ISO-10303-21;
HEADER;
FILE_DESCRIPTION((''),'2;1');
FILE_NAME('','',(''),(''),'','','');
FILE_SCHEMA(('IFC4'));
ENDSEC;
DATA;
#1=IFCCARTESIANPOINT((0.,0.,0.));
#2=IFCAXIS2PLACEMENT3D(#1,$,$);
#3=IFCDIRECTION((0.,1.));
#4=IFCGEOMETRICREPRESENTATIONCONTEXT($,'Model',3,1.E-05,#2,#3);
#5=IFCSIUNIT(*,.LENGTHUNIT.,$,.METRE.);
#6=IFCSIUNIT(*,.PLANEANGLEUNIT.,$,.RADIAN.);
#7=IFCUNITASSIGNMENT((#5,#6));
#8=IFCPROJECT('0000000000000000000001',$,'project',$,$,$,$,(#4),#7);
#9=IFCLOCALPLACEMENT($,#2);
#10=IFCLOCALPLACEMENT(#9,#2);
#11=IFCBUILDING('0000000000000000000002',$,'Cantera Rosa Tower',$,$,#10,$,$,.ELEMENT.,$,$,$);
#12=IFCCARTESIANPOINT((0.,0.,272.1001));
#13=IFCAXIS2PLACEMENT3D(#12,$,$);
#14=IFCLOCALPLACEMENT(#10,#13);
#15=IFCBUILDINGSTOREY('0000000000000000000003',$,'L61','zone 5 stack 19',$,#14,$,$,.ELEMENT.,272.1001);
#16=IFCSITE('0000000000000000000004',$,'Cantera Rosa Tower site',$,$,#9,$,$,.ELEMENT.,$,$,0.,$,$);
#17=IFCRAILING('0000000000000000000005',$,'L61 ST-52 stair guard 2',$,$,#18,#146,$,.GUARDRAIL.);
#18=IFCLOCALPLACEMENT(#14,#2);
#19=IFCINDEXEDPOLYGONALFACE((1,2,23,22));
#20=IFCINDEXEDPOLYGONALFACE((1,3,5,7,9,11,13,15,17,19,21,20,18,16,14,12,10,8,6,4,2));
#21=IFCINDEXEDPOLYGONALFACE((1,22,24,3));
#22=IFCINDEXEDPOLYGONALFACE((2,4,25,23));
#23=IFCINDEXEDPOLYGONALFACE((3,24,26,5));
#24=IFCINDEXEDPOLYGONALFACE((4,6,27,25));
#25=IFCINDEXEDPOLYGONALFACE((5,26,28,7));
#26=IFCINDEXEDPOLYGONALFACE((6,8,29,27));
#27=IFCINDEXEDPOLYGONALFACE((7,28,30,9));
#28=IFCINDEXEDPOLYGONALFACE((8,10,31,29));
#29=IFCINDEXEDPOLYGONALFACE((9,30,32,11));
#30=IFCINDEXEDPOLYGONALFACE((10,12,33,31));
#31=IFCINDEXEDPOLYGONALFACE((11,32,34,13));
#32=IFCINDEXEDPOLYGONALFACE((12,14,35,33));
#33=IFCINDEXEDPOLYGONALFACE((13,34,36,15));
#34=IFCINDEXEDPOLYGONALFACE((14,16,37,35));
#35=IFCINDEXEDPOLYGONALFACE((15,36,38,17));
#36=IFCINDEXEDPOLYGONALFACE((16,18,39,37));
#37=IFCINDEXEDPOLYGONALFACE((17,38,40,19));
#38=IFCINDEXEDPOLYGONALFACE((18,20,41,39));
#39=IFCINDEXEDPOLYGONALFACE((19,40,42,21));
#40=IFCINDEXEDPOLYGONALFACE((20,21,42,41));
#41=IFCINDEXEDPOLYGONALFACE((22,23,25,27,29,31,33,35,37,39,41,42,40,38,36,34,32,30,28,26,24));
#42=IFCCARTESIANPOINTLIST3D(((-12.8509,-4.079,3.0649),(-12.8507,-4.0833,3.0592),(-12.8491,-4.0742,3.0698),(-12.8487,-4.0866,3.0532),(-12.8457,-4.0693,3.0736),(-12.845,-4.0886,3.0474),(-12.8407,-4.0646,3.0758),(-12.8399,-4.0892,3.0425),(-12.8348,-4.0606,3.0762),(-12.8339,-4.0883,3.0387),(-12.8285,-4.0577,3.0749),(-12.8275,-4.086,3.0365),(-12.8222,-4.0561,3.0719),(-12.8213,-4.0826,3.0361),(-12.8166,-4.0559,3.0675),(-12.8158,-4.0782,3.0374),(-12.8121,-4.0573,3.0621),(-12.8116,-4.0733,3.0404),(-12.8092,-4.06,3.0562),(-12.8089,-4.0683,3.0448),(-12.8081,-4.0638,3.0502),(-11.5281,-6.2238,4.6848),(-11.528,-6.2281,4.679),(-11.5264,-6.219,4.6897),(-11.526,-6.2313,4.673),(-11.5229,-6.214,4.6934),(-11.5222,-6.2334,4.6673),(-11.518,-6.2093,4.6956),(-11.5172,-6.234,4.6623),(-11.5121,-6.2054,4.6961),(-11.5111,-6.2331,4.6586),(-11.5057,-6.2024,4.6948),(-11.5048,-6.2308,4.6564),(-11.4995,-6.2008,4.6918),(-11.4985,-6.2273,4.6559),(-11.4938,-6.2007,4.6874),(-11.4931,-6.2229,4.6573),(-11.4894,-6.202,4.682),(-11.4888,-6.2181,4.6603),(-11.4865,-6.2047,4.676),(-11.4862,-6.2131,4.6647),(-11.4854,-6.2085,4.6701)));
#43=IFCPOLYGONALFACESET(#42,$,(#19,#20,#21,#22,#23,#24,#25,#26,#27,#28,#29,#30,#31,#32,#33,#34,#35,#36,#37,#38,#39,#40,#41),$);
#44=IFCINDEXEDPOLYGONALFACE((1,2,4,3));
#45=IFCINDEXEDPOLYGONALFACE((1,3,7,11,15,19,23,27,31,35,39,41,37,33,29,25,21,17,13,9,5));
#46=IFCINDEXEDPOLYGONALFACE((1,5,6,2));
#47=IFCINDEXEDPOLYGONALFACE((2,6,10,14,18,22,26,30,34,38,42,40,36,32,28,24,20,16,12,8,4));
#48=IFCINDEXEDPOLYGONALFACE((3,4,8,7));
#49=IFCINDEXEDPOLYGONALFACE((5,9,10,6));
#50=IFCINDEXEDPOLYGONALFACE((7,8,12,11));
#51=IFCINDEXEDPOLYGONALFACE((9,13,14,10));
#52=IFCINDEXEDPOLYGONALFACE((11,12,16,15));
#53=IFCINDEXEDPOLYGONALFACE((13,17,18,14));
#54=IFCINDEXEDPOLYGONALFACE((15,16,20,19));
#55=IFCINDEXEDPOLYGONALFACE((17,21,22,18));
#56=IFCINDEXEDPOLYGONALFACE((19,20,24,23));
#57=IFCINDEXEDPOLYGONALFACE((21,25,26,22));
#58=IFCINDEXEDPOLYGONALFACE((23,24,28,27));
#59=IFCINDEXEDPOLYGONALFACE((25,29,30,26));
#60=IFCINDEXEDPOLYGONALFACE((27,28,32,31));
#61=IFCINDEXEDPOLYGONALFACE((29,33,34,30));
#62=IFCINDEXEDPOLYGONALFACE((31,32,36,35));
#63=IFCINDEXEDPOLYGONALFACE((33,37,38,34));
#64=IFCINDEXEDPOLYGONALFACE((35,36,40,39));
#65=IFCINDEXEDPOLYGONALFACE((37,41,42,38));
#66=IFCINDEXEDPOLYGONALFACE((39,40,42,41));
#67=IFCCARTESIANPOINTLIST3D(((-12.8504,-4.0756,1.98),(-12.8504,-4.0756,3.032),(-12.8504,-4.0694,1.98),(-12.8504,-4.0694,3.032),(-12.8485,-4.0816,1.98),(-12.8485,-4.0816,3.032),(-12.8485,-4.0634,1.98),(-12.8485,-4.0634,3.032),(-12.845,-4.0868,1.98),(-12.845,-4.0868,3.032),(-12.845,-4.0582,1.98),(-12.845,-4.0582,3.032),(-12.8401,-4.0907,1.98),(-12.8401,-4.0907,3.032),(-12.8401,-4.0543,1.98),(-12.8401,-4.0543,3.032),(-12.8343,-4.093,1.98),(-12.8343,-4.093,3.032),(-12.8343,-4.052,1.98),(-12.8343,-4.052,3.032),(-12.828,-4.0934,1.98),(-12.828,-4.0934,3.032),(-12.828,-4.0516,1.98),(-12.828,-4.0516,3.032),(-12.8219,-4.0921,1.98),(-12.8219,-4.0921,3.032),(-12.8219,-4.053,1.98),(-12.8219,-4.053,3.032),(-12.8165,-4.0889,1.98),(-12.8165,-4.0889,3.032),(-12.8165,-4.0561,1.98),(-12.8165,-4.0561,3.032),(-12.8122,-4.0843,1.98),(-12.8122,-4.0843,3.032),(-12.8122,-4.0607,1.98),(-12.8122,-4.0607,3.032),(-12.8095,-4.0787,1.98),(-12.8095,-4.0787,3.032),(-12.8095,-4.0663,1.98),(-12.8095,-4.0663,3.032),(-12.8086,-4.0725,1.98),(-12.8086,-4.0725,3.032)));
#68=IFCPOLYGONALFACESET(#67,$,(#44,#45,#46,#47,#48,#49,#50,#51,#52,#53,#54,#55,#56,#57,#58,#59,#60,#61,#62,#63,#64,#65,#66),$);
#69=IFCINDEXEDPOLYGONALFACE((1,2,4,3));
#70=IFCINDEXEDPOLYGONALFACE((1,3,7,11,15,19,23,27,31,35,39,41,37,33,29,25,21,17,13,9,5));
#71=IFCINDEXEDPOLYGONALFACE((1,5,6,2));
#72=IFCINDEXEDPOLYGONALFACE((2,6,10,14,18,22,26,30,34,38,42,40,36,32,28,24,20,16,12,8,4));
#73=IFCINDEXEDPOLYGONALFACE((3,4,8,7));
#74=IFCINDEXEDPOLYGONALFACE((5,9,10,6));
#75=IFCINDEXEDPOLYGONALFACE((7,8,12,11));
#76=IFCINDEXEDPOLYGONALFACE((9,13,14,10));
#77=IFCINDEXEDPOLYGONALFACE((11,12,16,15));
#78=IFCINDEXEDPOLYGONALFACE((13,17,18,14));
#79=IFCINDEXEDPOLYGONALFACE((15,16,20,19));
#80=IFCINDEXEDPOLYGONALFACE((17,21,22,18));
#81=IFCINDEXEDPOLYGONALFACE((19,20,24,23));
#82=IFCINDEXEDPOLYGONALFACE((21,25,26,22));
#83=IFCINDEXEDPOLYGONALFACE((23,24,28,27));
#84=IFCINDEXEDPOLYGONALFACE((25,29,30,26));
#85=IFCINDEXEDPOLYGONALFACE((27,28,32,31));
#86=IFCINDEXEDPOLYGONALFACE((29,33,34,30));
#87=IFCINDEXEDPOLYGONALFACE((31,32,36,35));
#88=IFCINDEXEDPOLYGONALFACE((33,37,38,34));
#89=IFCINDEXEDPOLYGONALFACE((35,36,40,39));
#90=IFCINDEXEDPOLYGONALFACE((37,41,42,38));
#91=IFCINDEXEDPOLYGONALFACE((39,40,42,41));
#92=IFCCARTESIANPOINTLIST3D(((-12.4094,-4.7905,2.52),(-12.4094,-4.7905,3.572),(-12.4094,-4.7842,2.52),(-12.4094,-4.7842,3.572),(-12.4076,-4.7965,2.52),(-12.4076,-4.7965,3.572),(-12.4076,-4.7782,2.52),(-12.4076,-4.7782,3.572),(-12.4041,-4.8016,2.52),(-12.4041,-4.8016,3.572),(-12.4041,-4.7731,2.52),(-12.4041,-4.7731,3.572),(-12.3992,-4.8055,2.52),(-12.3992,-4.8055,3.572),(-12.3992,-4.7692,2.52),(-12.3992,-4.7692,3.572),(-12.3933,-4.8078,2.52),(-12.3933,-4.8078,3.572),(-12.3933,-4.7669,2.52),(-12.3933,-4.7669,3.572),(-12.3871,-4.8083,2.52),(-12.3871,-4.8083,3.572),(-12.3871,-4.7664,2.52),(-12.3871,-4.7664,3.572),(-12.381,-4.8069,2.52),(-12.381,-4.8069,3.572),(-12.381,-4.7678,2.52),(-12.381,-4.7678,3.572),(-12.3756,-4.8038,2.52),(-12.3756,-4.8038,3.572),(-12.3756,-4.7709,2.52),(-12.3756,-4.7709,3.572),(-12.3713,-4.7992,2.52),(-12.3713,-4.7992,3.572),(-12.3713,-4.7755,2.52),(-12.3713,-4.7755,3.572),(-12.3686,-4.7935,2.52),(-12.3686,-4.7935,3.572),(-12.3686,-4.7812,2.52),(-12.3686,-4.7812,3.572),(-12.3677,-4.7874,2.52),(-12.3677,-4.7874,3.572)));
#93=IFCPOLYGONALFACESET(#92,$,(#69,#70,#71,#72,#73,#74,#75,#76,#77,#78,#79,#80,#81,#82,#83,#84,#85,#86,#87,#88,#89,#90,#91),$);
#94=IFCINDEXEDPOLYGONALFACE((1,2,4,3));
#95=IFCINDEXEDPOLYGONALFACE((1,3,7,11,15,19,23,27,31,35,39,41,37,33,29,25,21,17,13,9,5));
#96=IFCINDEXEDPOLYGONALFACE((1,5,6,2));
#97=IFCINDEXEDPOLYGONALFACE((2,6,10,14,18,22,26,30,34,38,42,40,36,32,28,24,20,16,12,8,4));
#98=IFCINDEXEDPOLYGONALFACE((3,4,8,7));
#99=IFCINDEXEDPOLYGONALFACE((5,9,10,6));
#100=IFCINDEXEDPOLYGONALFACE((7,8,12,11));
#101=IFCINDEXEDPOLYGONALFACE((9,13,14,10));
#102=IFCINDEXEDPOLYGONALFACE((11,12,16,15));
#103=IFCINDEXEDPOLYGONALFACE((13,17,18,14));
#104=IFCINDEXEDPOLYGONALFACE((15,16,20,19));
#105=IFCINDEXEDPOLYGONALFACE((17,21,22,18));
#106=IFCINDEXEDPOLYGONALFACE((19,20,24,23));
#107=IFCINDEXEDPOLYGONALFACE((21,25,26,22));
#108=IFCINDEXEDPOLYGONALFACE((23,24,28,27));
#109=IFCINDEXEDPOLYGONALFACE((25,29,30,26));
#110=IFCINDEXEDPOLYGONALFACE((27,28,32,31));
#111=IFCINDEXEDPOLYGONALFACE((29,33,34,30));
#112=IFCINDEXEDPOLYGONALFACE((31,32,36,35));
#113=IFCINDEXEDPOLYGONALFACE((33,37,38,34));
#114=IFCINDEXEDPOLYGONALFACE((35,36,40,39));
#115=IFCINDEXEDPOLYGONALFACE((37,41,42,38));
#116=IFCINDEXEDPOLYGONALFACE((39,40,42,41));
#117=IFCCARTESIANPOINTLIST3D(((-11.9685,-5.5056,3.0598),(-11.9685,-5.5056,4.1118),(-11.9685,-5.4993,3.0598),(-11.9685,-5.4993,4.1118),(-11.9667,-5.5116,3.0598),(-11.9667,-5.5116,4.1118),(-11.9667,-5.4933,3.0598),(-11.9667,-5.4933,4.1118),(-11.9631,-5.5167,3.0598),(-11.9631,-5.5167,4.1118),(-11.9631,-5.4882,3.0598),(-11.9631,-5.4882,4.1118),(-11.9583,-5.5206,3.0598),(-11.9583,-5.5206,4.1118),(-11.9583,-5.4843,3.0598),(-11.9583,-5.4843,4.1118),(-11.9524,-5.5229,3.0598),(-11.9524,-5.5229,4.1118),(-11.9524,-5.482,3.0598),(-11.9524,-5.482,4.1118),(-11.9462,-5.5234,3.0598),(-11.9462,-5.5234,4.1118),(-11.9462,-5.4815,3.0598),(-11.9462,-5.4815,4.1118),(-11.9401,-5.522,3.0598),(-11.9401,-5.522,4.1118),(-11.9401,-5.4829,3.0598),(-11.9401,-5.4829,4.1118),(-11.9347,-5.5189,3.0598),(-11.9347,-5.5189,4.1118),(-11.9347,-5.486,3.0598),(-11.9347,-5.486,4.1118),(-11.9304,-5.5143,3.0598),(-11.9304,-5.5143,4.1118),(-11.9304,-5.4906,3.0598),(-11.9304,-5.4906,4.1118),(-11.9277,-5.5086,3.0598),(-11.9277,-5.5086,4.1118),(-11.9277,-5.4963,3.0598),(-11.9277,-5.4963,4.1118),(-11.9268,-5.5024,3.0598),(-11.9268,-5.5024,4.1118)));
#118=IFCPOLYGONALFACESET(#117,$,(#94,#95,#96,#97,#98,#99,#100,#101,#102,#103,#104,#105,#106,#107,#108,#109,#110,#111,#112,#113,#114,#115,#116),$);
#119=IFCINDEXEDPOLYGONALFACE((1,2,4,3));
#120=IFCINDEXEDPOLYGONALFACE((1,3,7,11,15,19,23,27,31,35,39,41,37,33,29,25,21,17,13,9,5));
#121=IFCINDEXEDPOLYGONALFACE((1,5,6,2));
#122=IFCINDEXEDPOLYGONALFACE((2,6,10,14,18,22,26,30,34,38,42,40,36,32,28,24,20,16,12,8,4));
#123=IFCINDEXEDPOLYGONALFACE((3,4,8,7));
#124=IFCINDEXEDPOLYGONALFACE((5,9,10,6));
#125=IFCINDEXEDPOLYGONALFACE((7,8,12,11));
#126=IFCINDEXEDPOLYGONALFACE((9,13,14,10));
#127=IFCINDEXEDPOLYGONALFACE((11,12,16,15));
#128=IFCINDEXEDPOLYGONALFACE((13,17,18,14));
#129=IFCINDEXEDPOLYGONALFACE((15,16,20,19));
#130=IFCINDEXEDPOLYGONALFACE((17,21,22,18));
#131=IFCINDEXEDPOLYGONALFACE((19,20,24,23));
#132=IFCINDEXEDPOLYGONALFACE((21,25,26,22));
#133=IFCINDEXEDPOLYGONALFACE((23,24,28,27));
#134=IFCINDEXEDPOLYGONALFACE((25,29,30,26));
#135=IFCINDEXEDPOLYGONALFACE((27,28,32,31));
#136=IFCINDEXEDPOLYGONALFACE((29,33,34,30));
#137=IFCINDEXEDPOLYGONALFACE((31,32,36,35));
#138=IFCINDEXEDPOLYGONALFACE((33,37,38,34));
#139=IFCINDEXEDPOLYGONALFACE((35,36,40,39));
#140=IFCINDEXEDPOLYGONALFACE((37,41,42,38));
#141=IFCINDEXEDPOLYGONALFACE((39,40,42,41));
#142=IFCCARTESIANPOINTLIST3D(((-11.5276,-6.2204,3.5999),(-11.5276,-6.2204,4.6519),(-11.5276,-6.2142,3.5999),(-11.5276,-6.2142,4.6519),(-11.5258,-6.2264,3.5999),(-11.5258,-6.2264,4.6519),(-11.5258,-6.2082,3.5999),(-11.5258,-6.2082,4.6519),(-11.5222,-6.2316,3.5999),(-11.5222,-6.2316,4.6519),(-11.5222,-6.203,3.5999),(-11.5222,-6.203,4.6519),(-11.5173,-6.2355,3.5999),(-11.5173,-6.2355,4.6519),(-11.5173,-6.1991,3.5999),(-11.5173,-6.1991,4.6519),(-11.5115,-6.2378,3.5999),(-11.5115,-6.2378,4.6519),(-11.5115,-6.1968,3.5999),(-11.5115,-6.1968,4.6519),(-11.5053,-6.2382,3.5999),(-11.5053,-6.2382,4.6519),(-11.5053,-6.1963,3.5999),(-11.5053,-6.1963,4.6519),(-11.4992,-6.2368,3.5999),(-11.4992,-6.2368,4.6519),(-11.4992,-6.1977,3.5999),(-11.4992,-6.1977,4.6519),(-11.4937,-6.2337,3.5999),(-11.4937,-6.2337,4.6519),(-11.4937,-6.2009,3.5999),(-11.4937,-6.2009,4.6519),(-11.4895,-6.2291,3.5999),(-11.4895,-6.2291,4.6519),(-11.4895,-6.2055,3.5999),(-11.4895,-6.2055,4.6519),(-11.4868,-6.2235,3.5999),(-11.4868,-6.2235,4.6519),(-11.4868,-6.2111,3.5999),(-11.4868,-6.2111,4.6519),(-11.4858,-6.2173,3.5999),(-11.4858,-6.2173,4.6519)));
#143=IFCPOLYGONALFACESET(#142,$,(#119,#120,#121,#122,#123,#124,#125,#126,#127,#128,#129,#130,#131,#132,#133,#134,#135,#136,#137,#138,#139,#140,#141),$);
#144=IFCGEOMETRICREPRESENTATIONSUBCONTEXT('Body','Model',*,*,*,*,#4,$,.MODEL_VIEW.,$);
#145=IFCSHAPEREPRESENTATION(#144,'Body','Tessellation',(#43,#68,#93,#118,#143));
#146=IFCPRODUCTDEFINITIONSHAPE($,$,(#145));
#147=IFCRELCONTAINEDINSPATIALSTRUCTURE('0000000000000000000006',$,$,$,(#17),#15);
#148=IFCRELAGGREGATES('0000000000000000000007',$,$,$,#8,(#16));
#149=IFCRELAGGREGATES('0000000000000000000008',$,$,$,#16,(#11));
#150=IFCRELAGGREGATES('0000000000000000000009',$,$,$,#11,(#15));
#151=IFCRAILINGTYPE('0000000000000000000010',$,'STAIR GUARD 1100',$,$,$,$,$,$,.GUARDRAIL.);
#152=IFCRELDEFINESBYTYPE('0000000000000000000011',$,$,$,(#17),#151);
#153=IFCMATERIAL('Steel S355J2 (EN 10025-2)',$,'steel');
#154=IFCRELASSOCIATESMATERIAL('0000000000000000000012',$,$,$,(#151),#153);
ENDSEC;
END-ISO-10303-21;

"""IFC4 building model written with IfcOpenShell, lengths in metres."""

from ifc_helpers import new_model, si_unit, direction, frame, origin, origin_2d, place, context, subcontext, project, spatial, circle, extrude, material, type_object, element, save


model = new_model("IFC4")

# Units and contexts
model_context = context("Model", 3, precision=1e-05, world=origin(), true_north=direction((0.0, 1.0)))
body_context = subcontext(model_context, "Body", "Model", "MODEL_VIEW")
ifc_project = project(units=[si_unit("LENGTHUNIT", "METRE"), si_unit("PLANEANGLEUNIT", "RADIAN")], contexts=[model_context])

# Site, building, storey
site_placement = place(None, origin())
site = spatial("IfcSite", under=ifc_project, at=site_placement, Name="Cantera Rosa Tower site", CompositionType="ELEMENT", RefElevation=0.0)
building_placement = place(site_placement, origin())
building = spatial("IfcBuilding", under=site, at=building_placement, Name="Cantera Rosa Tower", CompositionType="ELEMENT")
storey_placement = place(building_placement, frame((0.0, 0.0, 272.1001)))
storey = spatial("IfcBuildingStorey", under=building, at=storey_placement, Name="L61", Description="zone 5 stack 19", CompositionType="ELEMENT", Elevation=272.1001)

# Railing
ifc_material_1 = material(Name="Steel S355J2 (EN 10025-2)", Category="steel")
railing_type_1 = type_object("IfcRailingType", Name="STAIR GUARD 1100", PredefinedType="GUARDRAIL", material=ifc_material_1)
railing_1_placement = place(storey_placement, frame((-12.8296, -4.0725, 1.98)))
element("IfcRailing", 1, at=railing_1_placement, inside=storey, type_object=railing_type_1, Name="L61 ST-52 stair guard 2", PredefinedType="GUARDRAIL", context=body_context, shape_type="SweptSolid", body=[
    extrude(circle(Radius=0.0239, at=origin_2d()), frame((0.0, 0.0, 1.0762), z_axis=(0.441563, -0.715971, 0.540748), x_axis=(0.851146, 0.52493, 0.0)), (0.0, 0.0, 1.0), 2.9956),
    extrude(circle(Radius=0.021, at=origin_2d()), origin(), (0.0, 0.0, 1.0), 1.052),
    extrude(circle(Radius=0.021, at=origin_2d()), frame((0.4409, -0.7148, 0.54)), (0.0, 0.0, 1.0), 1.052),
    extrude(circle(Radius=0.021, at=origin_2d()), frame((0.8818, -1.4299, 1.0798)), (0.0, 0.0, 1.0), 1.052),
    extrude(circle(Radius=0.021, at=origin_2d()), frame((1.3228, -2.1448, 1.6199)), (0.0, 0.0, 1.0), 1.052),
])

save(model, "model.ifc")
